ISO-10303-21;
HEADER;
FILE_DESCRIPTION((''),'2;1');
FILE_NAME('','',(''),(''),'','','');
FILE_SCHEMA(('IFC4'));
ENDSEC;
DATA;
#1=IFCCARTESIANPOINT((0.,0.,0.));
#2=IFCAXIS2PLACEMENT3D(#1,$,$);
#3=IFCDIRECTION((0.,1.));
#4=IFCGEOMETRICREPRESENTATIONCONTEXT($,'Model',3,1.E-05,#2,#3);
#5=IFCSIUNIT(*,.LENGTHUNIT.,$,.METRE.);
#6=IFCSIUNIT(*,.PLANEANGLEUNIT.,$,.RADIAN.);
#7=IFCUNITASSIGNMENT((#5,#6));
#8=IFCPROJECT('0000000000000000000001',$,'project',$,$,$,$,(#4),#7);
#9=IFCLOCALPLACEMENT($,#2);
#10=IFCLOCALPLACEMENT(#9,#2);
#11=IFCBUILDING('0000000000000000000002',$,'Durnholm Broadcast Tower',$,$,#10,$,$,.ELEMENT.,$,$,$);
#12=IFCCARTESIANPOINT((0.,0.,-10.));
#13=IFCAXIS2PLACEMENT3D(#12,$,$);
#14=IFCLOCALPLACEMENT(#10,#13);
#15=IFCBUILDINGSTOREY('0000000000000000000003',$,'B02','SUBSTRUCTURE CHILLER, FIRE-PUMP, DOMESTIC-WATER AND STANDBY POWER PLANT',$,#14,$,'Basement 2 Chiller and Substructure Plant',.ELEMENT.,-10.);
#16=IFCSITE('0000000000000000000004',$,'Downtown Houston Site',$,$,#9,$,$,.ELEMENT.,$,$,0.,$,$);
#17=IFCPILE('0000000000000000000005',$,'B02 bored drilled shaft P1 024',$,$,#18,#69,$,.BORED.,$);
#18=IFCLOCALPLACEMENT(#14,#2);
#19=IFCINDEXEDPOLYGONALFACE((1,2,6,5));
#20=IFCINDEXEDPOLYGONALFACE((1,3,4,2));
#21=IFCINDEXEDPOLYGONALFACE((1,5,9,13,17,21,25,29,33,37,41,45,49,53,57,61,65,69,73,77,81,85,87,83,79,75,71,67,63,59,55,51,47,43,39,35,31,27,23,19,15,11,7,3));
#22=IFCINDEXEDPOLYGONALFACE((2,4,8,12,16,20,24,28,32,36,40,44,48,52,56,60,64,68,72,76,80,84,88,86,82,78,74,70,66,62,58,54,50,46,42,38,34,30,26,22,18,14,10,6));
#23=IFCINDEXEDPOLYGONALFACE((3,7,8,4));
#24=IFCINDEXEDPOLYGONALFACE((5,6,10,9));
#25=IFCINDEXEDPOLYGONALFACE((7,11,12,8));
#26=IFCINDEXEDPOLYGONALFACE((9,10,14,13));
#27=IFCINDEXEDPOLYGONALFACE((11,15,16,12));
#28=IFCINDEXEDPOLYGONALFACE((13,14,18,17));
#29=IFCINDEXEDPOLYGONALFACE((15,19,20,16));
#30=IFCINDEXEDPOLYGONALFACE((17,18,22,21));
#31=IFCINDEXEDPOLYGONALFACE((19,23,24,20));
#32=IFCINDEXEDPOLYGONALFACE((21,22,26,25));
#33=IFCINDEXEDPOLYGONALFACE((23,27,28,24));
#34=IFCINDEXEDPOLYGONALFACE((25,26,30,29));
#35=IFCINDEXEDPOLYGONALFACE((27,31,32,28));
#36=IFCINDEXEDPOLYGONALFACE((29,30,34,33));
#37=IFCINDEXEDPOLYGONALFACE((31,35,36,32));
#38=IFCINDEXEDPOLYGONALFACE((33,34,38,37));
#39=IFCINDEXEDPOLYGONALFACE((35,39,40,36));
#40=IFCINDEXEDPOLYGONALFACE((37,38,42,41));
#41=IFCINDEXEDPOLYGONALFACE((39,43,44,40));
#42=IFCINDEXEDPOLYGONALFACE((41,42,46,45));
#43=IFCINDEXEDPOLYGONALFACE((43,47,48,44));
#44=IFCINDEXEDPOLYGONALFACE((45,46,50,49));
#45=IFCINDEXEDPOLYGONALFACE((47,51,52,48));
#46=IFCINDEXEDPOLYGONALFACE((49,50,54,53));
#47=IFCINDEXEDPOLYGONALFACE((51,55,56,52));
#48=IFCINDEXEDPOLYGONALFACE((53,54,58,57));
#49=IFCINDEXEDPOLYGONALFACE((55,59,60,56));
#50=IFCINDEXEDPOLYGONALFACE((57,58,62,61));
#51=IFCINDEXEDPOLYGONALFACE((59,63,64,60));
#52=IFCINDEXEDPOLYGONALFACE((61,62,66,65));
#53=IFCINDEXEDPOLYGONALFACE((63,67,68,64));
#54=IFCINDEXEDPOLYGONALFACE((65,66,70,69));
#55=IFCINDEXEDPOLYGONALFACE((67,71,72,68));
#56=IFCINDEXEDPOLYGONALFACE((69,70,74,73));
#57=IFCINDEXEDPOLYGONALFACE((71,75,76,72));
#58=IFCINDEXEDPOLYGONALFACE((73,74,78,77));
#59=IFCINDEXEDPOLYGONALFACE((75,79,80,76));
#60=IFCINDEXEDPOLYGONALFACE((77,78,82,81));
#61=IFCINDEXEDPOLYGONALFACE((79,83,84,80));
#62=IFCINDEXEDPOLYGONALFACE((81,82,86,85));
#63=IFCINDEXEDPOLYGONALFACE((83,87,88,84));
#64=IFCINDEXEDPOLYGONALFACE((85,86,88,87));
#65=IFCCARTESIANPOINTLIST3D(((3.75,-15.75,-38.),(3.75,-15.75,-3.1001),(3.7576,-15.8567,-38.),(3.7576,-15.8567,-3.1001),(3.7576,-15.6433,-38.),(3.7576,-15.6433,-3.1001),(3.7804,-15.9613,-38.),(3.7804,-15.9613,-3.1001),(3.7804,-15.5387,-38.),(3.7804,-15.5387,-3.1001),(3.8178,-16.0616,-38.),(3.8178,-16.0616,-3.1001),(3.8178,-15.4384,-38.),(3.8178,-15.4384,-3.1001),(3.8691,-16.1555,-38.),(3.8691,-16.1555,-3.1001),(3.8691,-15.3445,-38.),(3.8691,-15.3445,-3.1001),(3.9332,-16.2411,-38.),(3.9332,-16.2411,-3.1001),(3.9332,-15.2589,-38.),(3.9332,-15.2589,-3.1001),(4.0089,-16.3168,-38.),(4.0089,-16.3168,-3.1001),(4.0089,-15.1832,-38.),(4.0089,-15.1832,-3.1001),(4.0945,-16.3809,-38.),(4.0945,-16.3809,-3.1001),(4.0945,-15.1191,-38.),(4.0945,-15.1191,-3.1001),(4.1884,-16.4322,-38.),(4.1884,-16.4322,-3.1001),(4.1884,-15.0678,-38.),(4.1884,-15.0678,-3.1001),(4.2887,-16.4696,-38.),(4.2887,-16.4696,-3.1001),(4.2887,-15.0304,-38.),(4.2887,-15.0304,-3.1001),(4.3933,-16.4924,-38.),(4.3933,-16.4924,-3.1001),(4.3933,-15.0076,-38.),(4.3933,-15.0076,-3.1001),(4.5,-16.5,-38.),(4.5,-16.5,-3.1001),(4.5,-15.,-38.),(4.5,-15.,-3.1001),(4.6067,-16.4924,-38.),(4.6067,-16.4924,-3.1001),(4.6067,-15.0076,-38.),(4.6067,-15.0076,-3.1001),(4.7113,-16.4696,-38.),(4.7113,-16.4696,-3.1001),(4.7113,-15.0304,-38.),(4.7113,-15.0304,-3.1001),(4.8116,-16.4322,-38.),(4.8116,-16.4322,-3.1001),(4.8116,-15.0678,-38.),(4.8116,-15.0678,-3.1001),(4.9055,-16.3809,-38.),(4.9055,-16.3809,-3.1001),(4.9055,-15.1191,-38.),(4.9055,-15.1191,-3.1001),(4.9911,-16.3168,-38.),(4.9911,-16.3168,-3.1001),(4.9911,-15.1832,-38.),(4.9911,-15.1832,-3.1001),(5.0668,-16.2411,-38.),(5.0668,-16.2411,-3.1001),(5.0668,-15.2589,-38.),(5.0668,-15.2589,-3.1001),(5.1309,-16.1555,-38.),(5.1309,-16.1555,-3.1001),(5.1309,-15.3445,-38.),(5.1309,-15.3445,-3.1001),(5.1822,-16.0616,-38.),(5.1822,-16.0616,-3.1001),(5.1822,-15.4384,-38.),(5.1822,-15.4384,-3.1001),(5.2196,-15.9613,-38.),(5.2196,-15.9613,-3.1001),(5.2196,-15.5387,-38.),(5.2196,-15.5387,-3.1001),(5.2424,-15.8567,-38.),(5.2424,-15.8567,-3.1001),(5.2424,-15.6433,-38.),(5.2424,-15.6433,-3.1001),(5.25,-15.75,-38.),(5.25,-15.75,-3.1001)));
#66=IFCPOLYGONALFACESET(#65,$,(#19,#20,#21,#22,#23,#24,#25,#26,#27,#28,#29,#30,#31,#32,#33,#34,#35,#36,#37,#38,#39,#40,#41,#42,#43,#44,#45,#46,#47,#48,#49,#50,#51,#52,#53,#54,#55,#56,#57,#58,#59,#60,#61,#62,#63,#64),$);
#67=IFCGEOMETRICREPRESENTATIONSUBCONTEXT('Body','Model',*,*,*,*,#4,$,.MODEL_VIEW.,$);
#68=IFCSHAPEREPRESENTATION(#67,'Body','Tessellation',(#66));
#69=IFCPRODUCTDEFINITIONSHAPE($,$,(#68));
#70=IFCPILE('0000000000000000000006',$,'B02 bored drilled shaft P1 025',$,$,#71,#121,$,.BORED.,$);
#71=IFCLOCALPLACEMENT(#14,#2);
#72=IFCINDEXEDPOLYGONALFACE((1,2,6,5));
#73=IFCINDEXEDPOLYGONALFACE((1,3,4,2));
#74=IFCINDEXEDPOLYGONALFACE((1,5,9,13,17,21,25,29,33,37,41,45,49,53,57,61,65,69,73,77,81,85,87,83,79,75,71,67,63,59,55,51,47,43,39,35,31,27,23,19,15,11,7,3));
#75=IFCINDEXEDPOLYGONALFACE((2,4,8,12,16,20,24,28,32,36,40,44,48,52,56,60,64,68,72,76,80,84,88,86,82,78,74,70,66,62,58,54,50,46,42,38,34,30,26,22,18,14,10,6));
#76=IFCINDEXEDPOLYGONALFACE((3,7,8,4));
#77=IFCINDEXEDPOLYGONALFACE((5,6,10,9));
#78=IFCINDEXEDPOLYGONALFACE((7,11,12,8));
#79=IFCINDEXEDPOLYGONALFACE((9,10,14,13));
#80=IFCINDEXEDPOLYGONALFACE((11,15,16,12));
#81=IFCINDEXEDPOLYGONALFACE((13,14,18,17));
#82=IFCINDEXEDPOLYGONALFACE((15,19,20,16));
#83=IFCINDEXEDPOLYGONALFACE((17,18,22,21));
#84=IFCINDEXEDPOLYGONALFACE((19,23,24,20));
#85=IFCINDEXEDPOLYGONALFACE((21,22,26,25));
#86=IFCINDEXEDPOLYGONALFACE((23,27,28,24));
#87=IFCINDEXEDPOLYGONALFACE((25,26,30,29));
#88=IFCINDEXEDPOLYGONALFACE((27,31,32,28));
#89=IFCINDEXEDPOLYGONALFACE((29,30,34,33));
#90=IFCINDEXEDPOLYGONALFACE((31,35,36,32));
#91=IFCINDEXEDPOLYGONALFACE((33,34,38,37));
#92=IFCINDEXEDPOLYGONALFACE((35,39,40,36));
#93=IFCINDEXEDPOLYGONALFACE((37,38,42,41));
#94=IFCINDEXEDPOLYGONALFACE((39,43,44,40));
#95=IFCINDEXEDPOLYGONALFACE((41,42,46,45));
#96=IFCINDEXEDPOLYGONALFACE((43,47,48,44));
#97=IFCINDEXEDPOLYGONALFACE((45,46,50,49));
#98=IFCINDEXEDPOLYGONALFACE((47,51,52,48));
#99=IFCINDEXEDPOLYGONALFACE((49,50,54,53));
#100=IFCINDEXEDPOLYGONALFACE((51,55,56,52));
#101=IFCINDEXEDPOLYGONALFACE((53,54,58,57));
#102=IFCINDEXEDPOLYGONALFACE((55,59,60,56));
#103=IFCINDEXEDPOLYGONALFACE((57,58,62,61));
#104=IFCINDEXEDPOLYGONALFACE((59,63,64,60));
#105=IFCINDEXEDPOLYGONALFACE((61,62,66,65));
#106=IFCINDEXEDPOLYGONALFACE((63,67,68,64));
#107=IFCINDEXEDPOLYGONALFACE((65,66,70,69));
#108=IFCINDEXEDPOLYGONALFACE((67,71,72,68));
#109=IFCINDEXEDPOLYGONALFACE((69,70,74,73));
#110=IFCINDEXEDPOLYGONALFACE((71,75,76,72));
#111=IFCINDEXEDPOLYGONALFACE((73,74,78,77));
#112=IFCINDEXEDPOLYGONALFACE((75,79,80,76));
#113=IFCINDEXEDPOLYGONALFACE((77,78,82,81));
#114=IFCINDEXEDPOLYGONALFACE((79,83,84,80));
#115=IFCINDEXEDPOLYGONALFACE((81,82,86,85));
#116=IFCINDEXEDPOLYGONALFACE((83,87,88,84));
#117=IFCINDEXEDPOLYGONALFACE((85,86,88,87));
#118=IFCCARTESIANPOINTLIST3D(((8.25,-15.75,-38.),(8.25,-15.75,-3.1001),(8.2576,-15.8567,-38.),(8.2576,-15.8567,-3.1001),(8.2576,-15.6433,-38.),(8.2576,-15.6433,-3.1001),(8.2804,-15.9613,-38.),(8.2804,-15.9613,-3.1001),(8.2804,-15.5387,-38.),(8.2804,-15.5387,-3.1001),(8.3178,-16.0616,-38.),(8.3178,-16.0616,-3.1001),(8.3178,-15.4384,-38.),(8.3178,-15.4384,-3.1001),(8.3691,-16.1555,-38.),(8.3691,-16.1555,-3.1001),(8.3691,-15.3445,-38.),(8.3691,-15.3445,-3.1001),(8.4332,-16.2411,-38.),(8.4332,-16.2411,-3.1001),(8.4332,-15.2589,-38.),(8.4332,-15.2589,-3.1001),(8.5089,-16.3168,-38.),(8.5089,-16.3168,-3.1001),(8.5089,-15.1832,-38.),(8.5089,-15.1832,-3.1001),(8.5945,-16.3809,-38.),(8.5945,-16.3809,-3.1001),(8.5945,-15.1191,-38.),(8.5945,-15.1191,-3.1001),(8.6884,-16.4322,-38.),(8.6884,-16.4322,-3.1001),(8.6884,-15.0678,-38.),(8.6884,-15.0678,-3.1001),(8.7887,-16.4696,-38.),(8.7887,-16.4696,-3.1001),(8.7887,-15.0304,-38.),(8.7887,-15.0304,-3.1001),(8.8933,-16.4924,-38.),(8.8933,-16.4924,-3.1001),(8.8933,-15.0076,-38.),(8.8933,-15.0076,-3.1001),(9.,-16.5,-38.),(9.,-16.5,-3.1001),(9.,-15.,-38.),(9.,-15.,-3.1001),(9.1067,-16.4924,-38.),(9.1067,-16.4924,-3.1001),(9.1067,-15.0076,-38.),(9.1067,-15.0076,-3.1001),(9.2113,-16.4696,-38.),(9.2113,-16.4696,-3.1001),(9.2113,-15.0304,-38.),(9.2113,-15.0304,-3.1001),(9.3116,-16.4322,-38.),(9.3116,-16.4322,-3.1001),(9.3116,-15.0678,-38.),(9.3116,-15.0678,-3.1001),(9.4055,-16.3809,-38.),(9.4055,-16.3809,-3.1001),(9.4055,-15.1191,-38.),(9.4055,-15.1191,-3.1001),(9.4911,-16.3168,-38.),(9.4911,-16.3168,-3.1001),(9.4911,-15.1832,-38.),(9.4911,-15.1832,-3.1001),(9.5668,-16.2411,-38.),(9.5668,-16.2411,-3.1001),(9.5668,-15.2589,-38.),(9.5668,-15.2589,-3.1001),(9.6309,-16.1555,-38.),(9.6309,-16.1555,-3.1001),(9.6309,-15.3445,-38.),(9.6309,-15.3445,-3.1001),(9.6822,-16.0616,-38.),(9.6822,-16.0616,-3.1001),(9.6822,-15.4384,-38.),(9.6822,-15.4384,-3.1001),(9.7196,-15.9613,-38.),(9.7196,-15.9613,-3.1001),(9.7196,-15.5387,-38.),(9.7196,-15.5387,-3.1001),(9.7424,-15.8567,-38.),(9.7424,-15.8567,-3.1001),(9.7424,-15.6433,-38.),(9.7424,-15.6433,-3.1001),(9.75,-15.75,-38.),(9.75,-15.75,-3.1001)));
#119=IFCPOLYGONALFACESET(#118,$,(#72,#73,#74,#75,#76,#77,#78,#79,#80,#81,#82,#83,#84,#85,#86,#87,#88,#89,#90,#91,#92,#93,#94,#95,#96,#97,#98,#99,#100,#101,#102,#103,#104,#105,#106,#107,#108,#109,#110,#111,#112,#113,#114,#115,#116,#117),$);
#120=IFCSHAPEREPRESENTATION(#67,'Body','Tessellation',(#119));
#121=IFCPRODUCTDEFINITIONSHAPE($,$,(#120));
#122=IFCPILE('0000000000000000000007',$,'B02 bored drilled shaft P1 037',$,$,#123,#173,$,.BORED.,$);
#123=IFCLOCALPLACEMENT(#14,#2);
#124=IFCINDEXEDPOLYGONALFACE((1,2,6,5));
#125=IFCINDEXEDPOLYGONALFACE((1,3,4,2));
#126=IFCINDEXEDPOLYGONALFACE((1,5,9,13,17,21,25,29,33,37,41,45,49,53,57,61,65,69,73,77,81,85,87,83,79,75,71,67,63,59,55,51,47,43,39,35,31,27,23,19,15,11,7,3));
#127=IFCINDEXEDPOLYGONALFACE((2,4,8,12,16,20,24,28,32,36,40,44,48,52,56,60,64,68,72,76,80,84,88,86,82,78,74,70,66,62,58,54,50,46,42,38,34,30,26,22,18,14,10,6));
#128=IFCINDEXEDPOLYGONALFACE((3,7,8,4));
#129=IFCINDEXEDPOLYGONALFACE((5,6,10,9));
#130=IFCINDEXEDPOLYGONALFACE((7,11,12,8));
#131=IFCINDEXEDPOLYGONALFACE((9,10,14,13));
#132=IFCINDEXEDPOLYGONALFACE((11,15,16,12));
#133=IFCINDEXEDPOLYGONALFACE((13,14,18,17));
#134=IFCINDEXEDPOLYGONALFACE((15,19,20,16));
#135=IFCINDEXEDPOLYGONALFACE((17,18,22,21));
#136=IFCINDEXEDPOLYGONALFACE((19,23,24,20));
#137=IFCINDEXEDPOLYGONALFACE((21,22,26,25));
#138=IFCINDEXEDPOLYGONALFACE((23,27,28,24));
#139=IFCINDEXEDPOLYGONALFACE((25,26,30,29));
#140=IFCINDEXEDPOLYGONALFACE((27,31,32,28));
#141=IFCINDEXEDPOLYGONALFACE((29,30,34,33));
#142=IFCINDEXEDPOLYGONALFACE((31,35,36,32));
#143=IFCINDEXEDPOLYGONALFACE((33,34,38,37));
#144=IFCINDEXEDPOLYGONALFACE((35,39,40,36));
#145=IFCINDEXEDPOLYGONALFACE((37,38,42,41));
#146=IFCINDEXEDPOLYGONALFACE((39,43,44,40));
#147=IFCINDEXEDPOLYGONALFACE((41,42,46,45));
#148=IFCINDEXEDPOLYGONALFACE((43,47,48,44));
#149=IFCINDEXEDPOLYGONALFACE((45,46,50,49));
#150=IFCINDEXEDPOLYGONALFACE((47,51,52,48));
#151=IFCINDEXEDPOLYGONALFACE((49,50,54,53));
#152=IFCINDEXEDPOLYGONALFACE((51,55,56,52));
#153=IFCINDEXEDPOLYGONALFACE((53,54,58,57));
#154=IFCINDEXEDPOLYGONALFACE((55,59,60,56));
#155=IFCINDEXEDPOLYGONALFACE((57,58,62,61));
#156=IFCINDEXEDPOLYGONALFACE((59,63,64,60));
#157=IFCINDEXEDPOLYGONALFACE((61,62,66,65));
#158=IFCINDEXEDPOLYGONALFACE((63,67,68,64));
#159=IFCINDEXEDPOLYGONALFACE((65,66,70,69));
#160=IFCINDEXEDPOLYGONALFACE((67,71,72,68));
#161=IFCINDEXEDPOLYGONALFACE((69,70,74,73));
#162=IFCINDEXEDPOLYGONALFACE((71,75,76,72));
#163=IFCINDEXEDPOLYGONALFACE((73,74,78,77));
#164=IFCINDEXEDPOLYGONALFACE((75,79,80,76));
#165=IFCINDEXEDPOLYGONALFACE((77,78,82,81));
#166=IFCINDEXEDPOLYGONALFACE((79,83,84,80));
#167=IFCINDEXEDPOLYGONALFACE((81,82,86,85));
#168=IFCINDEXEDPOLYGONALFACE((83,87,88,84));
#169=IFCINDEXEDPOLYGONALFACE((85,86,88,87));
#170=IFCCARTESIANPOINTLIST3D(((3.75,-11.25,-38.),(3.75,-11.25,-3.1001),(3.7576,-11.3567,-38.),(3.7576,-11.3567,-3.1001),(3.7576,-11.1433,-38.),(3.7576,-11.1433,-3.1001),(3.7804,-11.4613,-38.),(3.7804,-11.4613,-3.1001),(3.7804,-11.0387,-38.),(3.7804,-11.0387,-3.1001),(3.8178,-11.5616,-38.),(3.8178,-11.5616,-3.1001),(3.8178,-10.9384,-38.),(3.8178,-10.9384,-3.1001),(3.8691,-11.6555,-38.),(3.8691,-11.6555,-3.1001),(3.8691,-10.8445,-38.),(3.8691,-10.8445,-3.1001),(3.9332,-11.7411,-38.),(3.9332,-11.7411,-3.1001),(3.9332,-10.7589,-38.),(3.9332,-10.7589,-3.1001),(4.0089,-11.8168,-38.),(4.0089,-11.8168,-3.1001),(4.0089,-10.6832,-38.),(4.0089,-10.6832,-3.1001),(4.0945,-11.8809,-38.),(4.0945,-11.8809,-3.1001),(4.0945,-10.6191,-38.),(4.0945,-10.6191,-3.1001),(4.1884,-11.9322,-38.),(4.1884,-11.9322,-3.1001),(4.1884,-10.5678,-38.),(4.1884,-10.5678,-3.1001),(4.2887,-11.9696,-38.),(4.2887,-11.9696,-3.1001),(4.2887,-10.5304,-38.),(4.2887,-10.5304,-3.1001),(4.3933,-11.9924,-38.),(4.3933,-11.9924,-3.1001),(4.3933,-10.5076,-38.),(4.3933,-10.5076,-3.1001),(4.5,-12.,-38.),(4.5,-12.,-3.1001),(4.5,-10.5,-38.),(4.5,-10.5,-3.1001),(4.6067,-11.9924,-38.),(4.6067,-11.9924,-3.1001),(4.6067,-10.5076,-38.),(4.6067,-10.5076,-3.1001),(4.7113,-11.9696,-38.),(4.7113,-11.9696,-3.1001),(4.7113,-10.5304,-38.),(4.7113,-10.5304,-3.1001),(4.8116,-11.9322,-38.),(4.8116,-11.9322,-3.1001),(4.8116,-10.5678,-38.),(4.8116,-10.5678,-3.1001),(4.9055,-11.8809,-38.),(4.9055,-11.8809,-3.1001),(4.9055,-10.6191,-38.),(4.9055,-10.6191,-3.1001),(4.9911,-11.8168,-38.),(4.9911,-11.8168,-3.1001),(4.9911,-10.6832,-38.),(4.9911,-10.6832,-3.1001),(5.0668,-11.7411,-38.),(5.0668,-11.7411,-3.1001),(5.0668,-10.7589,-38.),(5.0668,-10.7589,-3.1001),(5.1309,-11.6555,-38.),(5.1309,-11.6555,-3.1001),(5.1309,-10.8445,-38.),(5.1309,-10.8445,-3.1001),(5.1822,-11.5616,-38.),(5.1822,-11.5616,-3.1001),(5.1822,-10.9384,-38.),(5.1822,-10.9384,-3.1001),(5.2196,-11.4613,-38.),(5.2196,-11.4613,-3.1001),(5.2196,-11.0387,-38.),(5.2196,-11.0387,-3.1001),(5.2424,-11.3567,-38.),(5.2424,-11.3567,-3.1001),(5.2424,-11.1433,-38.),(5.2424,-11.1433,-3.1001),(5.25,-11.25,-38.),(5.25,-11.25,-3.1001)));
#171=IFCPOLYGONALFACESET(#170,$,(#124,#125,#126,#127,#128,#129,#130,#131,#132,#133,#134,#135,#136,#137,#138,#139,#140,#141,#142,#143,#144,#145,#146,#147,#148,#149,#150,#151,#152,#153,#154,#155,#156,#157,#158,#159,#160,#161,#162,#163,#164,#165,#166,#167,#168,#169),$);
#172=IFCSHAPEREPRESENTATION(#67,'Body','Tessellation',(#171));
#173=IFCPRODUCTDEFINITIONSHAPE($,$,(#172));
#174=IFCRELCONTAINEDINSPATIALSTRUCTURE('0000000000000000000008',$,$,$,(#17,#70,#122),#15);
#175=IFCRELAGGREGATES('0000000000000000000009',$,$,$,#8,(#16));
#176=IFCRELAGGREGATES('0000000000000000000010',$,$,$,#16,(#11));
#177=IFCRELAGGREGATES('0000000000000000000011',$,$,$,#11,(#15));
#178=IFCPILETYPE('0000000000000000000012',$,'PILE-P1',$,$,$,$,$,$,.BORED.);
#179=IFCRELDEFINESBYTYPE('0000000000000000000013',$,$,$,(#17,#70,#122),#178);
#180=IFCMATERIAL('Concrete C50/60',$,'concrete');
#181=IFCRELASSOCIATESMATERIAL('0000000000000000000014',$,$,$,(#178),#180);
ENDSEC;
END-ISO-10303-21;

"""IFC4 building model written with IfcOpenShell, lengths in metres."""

from ifc_helpers import new_model, si_unit, direction, frame, origin, origin_2d, place, context, subcontext, project, spatial, circle, extrude, source, transform, mapped, material, material_profile, profile_set, type_object, type_shapes, element, save


model = new_model("IFC4")

# Units and contexts
model_context = context("Model", 3, precision=1e-05, world=origin(), true_north=direction((0.0, 1.0)))
body_context = subcontext(model_context, "Body", "Model", "MODEL_VIEW")
ifc_project = project(units=[si_unit("LENGTHUNIT", "METRE"), si_unit("PLANEANGLEUNIT", "RADIAN")], contexts=[model_context])

# Site, building, storey
site_placement = place(None, origin())
site = spatial("IfcSite", under=ifc_project, at=site_placement, Name="Downtown Houston Site", CompositionType="ELEMENT", RefElevation=0.0)
building_placement = place(site_placement, origin())
building = spatial("IfcBuilding", under=site, at=building_placement, Name="Durnholm Broadcast Tower", CompositionType="ELEMENT")
storey_placement = place(building_placement, frame((0.0, 0.0, -10.0)))
storey = spatial("IfcBuildingStorey", under=building, at=storey_placement, Name="B02", Description="SUBSTRUCTURE CHILLER, FIRE-PUMP, DOMESTIC-WATER AND STANDBY POWER PLANT", LongName="Basement 2 Chiller and Substructure Plant", CompositionType="ELEMENT", Elevation=-10.0)

# Piles
ifc_material_1 = material(Name="Concrete C50/60", Category="concrete")
ifc_material_profile_1 = material_profile(ifc_material_1, circle(Radius=0.75, at=origin_2d()), Name="PILE1500")
ifc_profile_set_1 = profile_set([ifc_material_profile_1], Name="Concrete C50/60")
pile_type_1 = type_object("IfcPileType", Name="PILE-P1", PredefinedType="BORED", material=ifc_profile_set_1)
shared_shape_1 = source(origin(), body_context, "Body", "SweptSolid", [
    extrude(circle(Radius=0.75, at=origin_2d()), origin(), (0.0, 0.0, 1.0), 34.8999),
])
type_shapes(pile_type_1, [shared_shape_1])
for number, where, z_axis, x_axis, name in (
    (1, (4.5, -15.75, -3.1001), (0.0, 0.0, -1.0), (1.0, 0.0, 0.0), "B02 bored drilled shaft P1 024"),
    (2, (9.0, -15.75, -3.1001), (0.0, 0.0, -1.0), (1.0, 0.0, 0.0), "B02 bored drilled shaft P1 025"),
    (3, (4.5, -11.25, -3.1001), (0.0, 0.0, -1.0), (1.0, 0.0, 0.0), "B02 bored drilled shaft P1 037"),
):
    element("IfcPile", number, at=place(storey_placement, frame(where, z_axis=z_axis, x_axis=x_axis)), inside=storey, type_object=pile_type_1, Name=name, PredefinedType="BORED", context=body_context, shape_type="MappedRepresentation", body=[
        mapped(shared_shape_1, transform((0.0, 0.0, 0.0), x_axis=(1.0, 0.0, 0.0), y_axis=(0.0, 1.0, 0.0), z_axis=(0.0, 0.0, 1.0), scale=1.0)),
    ])

save(model, "model.ifc")
